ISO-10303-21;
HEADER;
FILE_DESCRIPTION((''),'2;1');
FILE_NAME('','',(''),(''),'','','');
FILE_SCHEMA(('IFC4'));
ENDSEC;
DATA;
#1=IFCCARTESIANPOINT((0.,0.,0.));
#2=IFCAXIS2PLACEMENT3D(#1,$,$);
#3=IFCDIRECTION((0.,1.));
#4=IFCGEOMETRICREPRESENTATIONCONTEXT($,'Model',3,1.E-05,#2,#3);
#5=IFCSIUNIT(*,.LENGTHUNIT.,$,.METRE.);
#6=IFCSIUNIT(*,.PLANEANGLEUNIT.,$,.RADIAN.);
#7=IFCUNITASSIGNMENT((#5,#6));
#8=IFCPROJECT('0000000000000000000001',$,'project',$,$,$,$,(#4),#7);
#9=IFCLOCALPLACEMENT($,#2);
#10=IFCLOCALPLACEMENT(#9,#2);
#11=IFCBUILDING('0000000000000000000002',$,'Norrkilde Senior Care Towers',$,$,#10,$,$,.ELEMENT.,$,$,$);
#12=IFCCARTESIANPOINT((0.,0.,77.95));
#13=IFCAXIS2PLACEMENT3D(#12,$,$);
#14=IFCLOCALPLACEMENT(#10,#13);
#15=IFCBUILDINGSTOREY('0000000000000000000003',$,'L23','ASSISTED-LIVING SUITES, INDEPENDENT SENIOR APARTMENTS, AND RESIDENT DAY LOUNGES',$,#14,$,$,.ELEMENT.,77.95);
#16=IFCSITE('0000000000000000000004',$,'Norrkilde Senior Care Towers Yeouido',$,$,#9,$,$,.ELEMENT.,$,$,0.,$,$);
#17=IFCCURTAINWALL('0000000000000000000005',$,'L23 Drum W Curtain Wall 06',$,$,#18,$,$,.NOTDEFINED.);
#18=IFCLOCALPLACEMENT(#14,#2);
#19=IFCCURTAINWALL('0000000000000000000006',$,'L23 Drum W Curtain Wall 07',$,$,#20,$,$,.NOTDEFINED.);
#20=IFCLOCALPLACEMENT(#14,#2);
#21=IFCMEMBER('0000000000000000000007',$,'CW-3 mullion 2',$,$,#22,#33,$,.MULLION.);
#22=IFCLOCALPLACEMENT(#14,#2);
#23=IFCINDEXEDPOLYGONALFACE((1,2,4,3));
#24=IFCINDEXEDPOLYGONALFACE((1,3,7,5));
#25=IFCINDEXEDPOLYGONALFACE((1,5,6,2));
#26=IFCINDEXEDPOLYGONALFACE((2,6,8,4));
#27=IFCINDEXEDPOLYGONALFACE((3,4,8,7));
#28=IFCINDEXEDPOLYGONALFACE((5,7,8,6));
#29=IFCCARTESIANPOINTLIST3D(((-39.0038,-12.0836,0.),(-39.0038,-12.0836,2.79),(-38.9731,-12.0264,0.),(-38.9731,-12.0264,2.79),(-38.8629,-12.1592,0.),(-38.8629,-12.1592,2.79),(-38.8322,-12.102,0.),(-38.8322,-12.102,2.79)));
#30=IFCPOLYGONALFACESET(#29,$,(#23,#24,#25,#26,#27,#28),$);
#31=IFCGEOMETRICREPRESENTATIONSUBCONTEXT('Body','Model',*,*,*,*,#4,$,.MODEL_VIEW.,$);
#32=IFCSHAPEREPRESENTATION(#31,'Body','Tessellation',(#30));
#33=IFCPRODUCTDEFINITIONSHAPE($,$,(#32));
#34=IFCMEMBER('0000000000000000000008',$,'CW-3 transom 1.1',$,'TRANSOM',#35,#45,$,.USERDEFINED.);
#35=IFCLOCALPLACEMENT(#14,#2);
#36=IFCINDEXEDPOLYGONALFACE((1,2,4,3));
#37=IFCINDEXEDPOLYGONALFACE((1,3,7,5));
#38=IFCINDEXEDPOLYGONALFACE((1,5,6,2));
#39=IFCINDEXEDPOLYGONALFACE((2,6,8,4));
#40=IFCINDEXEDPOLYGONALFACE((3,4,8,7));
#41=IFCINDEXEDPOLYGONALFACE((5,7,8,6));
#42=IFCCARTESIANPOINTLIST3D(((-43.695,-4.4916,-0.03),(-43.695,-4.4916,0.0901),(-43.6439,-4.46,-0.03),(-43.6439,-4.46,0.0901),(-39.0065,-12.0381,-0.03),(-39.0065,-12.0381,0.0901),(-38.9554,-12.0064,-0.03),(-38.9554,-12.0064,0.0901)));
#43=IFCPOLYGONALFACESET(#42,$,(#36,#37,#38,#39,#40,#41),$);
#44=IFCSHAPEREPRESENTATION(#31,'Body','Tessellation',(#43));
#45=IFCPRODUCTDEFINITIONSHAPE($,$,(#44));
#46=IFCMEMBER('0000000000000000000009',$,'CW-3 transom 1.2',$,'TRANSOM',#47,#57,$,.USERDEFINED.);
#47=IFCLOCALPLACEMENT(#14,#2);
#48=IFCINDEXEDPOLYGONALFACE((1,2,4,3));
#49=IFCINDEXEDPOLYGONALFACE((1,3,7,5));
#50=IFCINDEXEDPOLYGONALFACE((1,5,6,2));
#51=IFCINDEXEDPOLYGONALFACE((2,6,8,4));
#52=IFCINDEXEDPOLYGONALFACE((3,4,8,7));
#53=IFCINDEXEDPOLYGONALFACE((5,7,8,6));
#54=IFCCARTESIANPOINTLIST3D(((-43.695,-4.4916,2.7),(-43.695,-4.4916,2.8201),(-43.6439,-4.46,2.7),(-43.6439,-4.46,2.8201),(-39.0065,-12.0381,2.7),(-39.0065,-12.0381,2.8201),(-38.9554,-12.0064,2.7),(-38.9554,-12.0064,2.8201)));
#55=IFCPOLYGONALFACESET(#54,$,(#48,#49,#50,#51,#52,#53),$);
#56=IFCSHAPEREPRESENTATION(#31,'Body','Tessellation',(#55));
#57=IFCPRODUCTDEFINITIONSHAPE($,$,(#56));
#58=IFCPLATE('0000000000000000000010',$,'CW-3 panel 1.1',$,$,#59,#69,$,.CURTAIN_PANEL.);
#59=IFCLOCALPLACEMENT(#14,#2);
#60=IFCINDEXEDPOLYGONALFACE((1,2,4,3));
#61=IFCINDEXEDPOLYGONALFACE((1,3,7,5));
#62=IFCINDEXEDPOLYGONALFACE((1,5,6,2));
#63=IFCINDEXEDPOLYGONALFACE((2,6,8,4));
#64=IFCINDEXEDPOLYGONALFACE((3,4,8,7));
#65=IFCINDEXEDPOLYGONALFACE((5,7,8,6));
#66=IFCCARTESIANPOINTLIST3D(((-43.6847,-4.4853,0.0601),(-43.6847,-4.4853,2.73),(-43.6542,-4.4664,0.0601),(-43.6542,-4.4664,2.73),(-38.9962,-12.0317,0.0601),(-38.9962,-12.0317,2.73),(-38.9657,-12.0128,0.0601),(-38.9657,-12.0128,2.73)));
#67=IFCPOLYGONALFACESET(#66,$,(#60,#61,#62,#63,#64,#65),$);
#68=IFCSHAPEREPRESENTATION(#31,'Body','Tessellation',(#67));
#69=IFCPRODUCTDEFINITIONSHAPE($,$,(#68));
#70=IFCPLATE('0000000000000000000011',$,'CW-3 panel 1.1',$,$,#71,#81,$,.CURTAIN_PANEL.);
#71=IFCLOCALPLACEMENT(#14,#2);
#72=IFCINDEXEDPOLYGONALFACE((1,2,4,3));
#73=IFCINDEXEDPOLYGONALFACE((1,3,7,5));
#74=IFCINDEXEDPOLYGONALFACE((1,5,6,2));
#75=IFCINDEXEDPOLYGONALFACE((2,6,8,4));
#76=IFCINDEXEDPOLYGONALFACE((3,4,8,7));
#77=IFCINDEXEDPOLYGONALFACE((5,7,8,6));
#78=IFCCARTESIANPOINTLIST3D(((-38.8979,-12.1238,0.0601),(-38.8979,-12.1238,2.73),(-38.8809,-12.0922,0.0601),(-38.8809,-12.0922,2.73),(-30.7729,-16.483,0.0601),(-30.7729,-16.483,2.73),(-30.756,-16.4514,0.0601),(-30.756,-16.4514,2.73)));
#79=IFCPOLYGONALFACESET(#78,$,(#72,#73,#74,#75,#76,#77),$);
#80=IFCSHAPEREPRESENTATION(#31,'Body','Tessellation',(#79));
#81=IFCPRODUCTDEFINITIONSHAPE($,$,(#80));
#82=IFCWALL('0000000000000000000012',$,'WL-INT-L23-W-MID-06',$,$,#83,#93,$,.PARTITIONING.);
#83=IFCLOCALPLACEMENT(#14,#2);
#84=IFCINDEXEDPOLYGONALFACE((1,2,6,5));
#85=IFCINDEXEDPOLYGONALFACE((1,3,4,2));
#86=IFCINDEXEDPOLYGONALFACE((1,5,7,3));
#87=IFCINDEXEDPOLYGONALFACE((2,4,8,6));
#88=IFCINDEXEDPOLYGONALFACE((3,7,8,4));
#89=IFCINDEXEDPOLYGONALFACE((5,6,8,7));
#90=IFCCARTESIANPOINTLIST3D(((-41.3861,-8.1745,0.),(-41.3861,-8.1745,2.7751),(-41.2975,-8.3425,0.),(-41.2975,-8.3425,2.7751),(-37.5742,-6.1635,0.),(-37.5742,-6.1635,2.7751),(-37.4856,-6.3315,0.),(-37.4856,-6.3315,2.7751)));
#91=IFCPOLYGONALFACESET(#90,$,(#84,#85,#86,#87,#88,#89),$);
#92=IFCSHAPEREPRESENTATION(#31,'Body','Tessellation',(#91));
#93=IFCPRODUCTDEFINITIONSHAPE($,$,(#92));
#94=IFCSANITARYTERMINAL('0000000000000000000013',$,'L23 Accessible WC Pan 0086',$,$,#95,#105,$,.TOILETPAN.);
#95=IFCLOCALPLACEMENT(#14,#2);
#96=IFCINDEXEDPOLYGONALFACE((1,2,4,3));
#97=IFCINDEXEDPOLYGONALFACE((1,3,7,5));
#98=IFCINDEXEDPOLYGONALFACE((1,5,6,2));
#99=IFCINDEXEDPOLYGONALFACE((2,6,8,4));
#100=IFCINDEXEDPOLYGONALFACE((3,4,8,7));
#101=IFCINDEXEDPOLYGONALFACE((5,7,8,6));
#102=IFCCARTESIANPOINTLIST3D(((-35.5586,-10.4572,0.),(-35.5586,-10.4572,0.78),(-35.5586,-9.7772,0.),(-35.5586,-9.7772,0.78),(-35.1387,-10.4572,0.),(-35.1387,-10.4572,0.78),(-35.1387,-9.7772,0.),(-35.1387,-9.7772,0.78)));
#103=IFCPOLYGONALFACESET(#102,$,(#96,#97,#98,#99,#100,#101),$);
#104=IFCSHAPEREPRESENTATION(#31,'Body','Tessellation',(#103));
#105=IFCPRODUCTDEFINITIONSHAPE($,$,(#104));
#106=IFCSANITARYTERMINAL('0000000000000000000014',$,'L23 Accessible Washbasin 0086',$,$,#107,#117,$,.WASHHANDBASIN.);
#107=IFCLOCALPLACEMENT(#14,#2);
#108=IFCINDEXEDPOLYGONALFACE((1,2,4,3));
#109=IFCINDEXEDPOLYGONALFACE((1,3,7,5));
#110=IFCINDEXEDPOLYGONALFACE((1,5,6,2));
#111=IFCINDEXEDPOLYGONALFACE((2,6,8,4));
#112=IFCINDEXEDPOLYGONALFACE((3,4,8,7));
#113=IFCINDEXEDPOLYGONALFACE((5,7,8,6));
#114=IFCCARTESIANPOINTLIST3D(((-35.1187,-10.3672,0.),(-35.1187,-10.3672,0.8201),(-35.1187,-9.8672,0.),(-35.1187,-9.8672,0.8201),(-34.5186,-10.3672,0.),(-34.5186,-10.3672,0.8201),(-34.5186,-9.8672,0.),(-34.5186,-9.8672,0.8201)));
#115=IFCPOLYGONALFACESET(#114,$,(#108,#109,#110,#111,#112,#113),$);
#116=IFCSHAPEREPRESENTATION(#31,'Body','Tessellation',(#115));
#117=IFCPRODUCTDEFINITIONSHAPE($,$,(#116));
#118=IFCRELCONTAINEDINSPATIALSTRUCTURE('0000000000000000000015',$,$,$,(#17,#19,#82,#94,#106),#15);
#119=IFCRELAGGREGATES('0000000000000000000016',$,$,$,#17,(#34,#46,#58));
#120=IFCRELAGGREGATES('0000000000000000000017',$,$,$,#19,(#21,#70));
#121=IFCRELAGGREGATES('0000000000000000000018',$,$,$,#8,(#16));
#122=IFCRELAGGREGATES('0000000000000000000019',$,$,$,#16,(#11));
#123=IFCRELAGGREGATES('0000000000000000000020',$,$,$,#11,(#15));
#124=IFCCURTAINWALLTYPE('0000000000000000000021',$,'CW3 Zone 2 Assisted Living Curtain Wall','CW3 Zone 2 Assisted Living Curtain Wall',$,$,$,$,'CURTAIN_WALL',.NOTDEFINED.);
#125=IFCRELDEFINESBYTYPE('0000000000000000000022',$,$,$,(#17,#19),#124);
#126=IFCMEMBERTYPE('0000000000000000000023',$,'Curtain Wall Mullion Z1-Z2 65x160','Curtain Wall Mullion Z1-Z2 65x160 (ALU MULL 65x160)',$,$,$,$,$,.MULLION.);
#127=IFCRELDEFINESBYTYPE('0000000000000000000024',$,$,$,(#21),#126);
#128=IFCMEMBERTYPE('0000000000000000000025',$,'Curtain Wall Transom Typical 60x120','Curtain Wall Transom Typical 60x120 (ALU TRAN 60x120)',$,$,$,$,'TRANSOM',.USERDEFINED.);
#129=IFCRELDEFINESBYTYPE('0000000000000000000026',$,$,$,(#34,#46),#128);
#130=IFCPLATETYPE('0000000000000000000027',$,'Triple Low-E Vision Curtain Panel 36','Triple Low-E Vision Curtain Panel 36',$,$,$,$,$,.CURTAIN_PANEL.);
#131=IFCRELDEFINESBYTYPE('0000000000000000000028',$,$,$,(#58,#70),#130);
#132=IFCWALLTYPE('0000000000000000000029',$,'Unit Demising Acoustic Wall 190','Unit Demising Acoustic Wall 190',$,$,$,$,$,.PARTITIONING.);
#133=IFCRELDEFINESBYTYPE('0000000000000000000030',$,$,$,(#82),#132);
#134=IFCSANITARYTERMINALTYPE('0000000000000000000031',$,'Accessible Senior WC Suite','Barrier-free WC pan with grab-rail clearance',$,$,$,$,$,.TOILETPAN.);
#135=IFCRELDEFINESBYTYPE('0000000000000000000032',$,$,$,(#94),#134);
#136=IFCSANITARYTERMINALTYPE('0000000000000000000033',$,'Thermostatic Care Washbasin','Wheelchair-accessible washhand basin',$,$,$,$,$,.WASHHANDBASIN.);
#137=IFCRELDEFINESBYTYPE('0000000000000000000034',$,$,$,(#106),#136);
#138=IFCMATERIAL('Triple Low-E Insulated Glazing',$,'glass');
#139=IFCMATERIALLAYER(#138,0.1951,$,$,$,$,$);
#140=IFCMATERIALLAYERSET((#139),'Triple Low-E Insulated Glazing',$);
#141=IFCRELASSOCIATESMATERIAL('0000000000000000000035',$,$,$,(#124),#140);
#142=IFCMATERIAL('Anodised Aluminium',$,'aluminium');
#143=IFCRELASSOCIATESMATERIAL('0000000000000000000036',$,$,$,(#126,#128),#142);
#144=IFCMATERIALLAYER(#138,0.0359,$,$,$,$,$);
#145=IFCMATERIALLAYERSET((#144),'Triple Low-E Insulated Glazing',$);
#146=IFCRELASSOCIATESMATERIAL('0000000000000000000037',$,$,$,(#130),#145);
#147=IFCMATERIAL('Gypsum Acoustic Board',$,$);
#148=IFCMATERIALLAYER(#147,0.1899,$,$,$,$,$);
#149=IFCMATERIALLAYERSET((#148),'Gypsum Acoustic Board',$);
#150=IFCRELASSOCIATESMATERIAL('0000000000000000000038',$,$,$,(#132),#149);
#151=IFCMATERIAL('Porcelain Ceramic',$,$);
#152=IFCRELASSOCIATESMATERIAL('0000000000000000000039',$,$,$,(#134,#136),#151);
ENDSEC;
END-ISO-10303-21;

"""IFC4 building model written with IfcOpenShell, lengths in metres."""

from ifc_helpers import new_model, si_unit, direction, frame, frame_2d, origin, origin_2d, place, context, subcontext, project, spatial, rectangle, extrude, source, transform, mapped, material, layer, layer_set, material_profile, profile_set, type_object, type_shapes, element, aggregate, save


model = new_model("IFC4")

# Units and contexts
model_context = context("Model", 3, precision=1e-05, world=origin(), true_north=direction((0.0, 1.0)))
body_context = subcontext(model_context, "Body", "Model", "MODEL_VIEW")
ifc_project = project(units=[si_unit("LENGTHUNIT", "METRE"), si_unit("PLANEANGLEUNIT", "RADIAN")], contexts=[model_context])

# Site, building, storey
site_placement = place(None, origin())
site = spatial("IfcSite", under=ifc_project, at=site_placement, Name="Norrkilde Senior Care Towers Yeouido", CompositionType="ELEMENT", RefElevation=0.0)
building_placement = place(site_placement, origin())
building = spatial("IfcBuilding", under=site, at=building_placement, Name="Norrkilde Senior Care Towers", CompositionType="ELEMENT")
storey_placement = place(building_placement, frame((0.0, 0.0, 77.95)))
storey = spatial("IfcBuildingStorey", under=building, at=storey_placement, Name="L23", Description="ASSISTED-LIVING SUITES, INDEPENDENT SENIOR APARTMENTS, AND RESIDENT DAY LOUNGES", CompositionType="ELEMENT", Elevation=77.95)

# Curtain walls, member
ifc_material_1 = material(Name="Triple Low-E Insulated Glazing", Category="glass")
ifc_layer_1 = layer(ifc_material_1, 0.1951)
ifc_layer_set_1 = layer_set([ifc_layer_1], Name="Triple Low-E Insulated Glazing")
curtain_wall_type = type_object("IfcCurtainWallType", Name="CW3 Zone 2 Assisted Living Curtain Wall", Description="CW3 Zone 2 Assisted Living Curtain Wall", ElementType="CURTAIN_WALL", PredefinedType="NOTDEFINED", material=ifc_layer_set_1)
curtain_wall_1_placement = place(storey_placement, origin())
curtain_wall_1 = element("IfcCurtainWall", 1, at=curtain_wall_1_placement, inside=storey, type_object=curtain_wall_type, Name="L23 Drum W Curtain Wall 06", PredefinedType="NOTDEFINED")
ifc_material_2 = material(Name="Anodised Aluminium", Category="aluminium")
ifc_material_profile_1 = material_profile(ifc_material_2, rectangle(XDim=0.0649, YDim=0.1599, at=origin_2d()), Name="ALU MULL 65x160")
ifc_profile_set_1 = profile_set([ifc_material_profile_1], Name="Anodised Aluminium")
member_type_1 = type_object("IfcMemberType", Name="Curtain Wall Mullion Z1-Z2 65x160", Description="Curtain Wall Mullion Z1-Z2 65x160 (ALU MULL 65x160)", PredefinedType="MULLION", material=ifc_profile_set_1)
shared_shape_1 = source(origin(), body_context, "Body", "SweptSolid", [
    extrude(rectangle(XDim=0.0649, YDim=0.1599, at=origin_2d()), origin(), (0.0, 0.0, 1.0), 2.79),
])
type_shapes(member_type_1, [shared_shape_1])
curtain_wall_2_placement = place(storey_placement, origin())
curtain_wall_2 = element("IfcCurtainWall", 2, at=curtain_wall_2_placement, inside=storey, type_object=curtain_wall_type, Name="L23 Drum W Curtain Wall 07", PredefinedType="NOTDEFINED")
member_1_placement = place(storey_placement, frame((-38.918, -12.0928, 0.0), z_axis=(0.0, 0.0, 1.0), x_axis=(-0.472769, -0.881186, 0.0)))
member_1 = element("IfcMember", 3, at=member_1_placement, type_object=member_type_1, Name="CW-3 mullion 2", PredefinedType="MULLION", context=body_context, shape_type="MappedRepresentation", body=[
    mapped(shared_shape_1, transform((0.0, 0.0, 0.0), x_axis=(1.0, 0.0, 0.0), y_axis=(0.0, 1.0, 0.0), z_axis=(0.0, 0.0, 1.0), scale=1.0)),
])

# Members
ifc_material_profile_2 = material_profile(ifc_material_2, rectangle(XDim=0.0601, YDim=0.1201, at=origin_2d()), Name="ALU TRAN 60x120")
ifc_profile_set_2 = profile_set([ifc_material_profile_2], Name="Anodised Aluminium")
member_type_2 = type_object("IfcMemberType", Name="Curtain Wall Transom Typical 60x120", Description="Curtain Wall Transom Typical 60x120 (ALU TRAN 60x120)", ElementType="TRANSOM", PredefinedType="USERDEFINED", material=ifc_profile_set_2)
shared_shape_2 = source(origin(), body_context, "Body", "SweptSolid", [
    extrude(rectangle(XDim=0.0601, YDim=0.1201, at=origin_2d()), origin(), (0.0, 0.0, 1.0), 8.8843),
])
type_shapes(member_type_2, [shared_shape_2])
member_2_placement = place(storey_placement, frame((-38.981, -12.0222, 0.03), z_axis=(-0.527729, 0.849413, 0.0), x_axis=(-0.849413, -0.527729, 0.0)))
member_2 = element("IfcMember", 4, at=member_2_placement, type_object=member_type_2, Name="CW-3 transom 1.1", ObjectType="TRANSOM", PredefinedType="USERDEFINED", context=body_context, shape_type="MappedRepresentation", body=[
    mapped(shared_shape_2, transform((0.0, 0.0, 0.0), x_axis=(1.0, 0.0, 0.0), y_axis=(0.0, 1.0, 0.0), z_axis=(0.0, 0.0, 1.0), scale=1.0)),
])
member_3_placement = place(storey_placement, frame((-38.981, -12.0222, 2.76), z_axis=(-0.527729, 0.849413, 0.0), x_axis=(-0.849413, -0.527729, 0.0)))
member_3 = element("IfcMember", 5, at=member_3_placement, type_object=member_type_2, Name="CW-3 transom 1.2", ObjectType="TRANSOM", PredefinedType="USERDEFINED", context=body_context, shape_type="MappedRepresentation", body=[
    mapped(shared_shape_2, transform((0.0, 0.0, 0.0), x_axis=(1.0, 0.0, 0.0), y_axis=(0.0, 1.0, 0.0), z_axis=(0.0, 0.0, 1.0), scale=1.0)),
])

# Plates
ifc_layer_2 = layer(ifc_material_1, 0.0359)
ifc_layer_set_2 = layer_set([ifc_layer_2], Name="Triple Low-E Insulated Glazing")
plate_type = type_object("IfcPlateType", Name="Triple Low-E Vision Curtain Panel 36", Description="Triple Low-E Vision Curtain Panel 36", PredefinedType="CURTAIN_PANEL", material=ifc_layer_set_2)
shared_shape_3 = source(origin(), body_context, "Body", "SweptSolid", [
    extrude(rectangle(XDim=8.8843, YDim=0.0359, at=origin_2d()), origin(), (0.0, 0.0, 1.0), 2.6699),
])
plate_1_placement = place(storey_placement, frame((-41.3252, -8.249, 0.0601), z_axis=(0.0, 0.0, 1.0), x_axis=(-0.527733, 0.84941, 0.0)))
plate_1 = element("IfcPlate", 6, at=plate_1_placement, type_object=plate_type, Name="CW-3 panel 1.1", PredefinedType="CURTAIN_PANEL", context=body_context, shape_type="MappedRepresentation", body=[
    mapped(shared_shape_3, transform((0.0, 0.0, 0.0), x_axis=(1.0, 0.0, 0.0), y_axis=(0.0, 1.0, 0.0), z_axis=(0.0, 0.0, 1.0), scale=1.0)),
])
aggregate(curtain_wall_1, [member_2, member_3, plate_1])
shared_shape_4 = source(origin(), body_context, "Body", "SweptSolid", [
    extrude(rectangle(XDim=9.2205, YDim=0.0359, at=origin_2d()), origin(), (0.0, 0.0, 1.0), 2.6699),
])
type_shapes(plate_type, [shared_shape_3, shared_shape_4])
plate_2_placement = place(storey_placement, frame((-34.8269, -14.2876, 0.0601), z_axis=(0.0, 0.0, 1.0), x_axis=(-0.881186, 0.472769, 0.0)))
plate_2 = element("IfcPlate", 7, at=plate_2_placement, type_object=plate_type, Name="CW-3 panel 1.1", PredefinedType="CURTAIN_PANEL", context=body_context, shape_type="MappedRepresentation", body=[
    mapped(shared_shape_4, transform((0.0, 0.0, 0.0), x_axis=(1.0, 0.0, 0.0), y_axis=(0.0, 1.0, 0.0), z_axis=(0.0, 0.0, 1.0), scale=1.0)),
])
aggregate(curtain_wall_2, [member_1, plate_2])

# Shared definitions
ifc_material_3 = material(Name="Gypsum Acoustic Board")

# Wall
ifc_layer_3 = layer(ifc_material_3, 0.1899)
ifc_layer_set_3 = layer_set([ifc_layer_3], Name="Gypsum Acoustic Board")
wall_type_1 = type_object("IfcWallType", Name="Unit Demising Acoustic Wall 190", Description="Unit Demising Acoustic Wall 190", PredefinedType="PARTITIONING", material=ifc_layer_set_3)
shared_shape_5 = source(origin(), body_context, "Body", "SweptSolid", [
    extrude(rectangle(XDim=4.3098, YDim=0.1899, at=frame_2d((2.1548, 0.0))), origin(), (0.0, 0.0, 1.0), 2.7751),
])
type_shapes(wall_type_1, [shared_shape_5])
wall_1_placement = place(storey_placement, frame((-37.53, -6.2476, 0.0), z_axis=(0.0, 0.0, 1.0), x_axis=(-0.884459, -0.466617, 0.0)))
element("IfcWall", 8, at=wall_1_placement, inside=storey, type_object=wall_type_1, Name="WL-INT-L23-W-MID-06", PredefinedType="PARTITIONING", context=body_context, shape_type="MappedRepresentation", body=[
    mapped(shared_shape_5, transform((0.0, 0.0, 0.0), x_axis=(1.0, 0.0, 0.0), y_axis=(0.0, 1.0, 0.0), z_axis=(0.0, 0.0, 1.0), scale=1.0)),
])

# Sanitary terminals
ifc_material_4 = material(Name="Porcelain Ceramic")
sanitary_terminal_type_1 = type_object("IfcSanitaryTerminalType", Name="Accessible Senior WC Suite", Description="Barrier-free WC pan with grab-rail clearance", PredefinedType="TOILETPAN", material=ifc_material_4)
shared_shape_6 = source(origin(), body_context, "Body", "SweptSolid", [
    extrude(rectangle(XDim=0.4199, YDim=0.6799, at=origin_2d()), origin(), (0.0, 0.0, 1.0), 0.78),
])
type_shapes(sanitary_terminal_type_1, [shared_shape_6])
sanitary_terminal_1_placement = place(storey_placement, frame((-35.3486, -10.1172, 0.0), z_axis=(0.0, 0.0, 1.0), x_axis=(1.0, 0.0, 0.0)))
element("IfcSanitaryTerminal", 9, at=sanitary_terminal_1_placement, inside=storey, type_object=sanitary_terminal_type_1, Name="L23 Accessible WC Pan 0086", PredefinedType="TOILETPAN", context=body_context, shape_type="MappedRepresentation", body=[
    mapped(shared_shape_6, transform((0.0, 0.0, 0.0), x_axis=(1.0, 0.0, 0.0), y_axis=(0.0, 1.0, 0.0), z_axis=(0.0, 0.0, 1.0), scale=1.0)),
])
sanitary_terminal_type_2 = type_object("IfcSanitaryTerminalType", Name="Thermostatic Care Washbasin", Description="Wheelchair-accessible washhand basin", PredefinedType="WASHHANDBASIN", material=ifc_material_4)
shared_shape_7 = source(origin(), body_context, "Body", "SweptSolid", [
    extrude(rectangle(XDim=0.6001, YDim=0.5, at=origin_2d()), origin(), (0.0, 0.0, 1.0), 0.8201),
])
type_shapes(sanitary_terminal_type_2, [shared_shape_7])
sanitary_terminal_2_placement = place(storey_placement, frame((-34.8186, -10.1172, 0.0), z_axis=(0.0, 0.0, 1.0), x_axis=(1.0, 0.0, 0.0)))
element("IfcSanitaryTerminal", 10, at=sanitary_terminal_2_placement, inside=storey, type_object=sanitary_terminal_type_2, Name="L23 Accessible Washbasin 0086", PredefinedType="WASHHANDBASIN", context=body_context, shape_type="MappedRepresentation", body=[
    mapped(shared_shape_7, transform((0.0, 0.0, 0.0), x_axis=(1.0, 0.0, 0.0), y_axis=(0.0, 1.0, 0.0), z_axis=(0.0, 0.0, 1.0), scale=1.0)),
])

save(model, "model.ifc")
